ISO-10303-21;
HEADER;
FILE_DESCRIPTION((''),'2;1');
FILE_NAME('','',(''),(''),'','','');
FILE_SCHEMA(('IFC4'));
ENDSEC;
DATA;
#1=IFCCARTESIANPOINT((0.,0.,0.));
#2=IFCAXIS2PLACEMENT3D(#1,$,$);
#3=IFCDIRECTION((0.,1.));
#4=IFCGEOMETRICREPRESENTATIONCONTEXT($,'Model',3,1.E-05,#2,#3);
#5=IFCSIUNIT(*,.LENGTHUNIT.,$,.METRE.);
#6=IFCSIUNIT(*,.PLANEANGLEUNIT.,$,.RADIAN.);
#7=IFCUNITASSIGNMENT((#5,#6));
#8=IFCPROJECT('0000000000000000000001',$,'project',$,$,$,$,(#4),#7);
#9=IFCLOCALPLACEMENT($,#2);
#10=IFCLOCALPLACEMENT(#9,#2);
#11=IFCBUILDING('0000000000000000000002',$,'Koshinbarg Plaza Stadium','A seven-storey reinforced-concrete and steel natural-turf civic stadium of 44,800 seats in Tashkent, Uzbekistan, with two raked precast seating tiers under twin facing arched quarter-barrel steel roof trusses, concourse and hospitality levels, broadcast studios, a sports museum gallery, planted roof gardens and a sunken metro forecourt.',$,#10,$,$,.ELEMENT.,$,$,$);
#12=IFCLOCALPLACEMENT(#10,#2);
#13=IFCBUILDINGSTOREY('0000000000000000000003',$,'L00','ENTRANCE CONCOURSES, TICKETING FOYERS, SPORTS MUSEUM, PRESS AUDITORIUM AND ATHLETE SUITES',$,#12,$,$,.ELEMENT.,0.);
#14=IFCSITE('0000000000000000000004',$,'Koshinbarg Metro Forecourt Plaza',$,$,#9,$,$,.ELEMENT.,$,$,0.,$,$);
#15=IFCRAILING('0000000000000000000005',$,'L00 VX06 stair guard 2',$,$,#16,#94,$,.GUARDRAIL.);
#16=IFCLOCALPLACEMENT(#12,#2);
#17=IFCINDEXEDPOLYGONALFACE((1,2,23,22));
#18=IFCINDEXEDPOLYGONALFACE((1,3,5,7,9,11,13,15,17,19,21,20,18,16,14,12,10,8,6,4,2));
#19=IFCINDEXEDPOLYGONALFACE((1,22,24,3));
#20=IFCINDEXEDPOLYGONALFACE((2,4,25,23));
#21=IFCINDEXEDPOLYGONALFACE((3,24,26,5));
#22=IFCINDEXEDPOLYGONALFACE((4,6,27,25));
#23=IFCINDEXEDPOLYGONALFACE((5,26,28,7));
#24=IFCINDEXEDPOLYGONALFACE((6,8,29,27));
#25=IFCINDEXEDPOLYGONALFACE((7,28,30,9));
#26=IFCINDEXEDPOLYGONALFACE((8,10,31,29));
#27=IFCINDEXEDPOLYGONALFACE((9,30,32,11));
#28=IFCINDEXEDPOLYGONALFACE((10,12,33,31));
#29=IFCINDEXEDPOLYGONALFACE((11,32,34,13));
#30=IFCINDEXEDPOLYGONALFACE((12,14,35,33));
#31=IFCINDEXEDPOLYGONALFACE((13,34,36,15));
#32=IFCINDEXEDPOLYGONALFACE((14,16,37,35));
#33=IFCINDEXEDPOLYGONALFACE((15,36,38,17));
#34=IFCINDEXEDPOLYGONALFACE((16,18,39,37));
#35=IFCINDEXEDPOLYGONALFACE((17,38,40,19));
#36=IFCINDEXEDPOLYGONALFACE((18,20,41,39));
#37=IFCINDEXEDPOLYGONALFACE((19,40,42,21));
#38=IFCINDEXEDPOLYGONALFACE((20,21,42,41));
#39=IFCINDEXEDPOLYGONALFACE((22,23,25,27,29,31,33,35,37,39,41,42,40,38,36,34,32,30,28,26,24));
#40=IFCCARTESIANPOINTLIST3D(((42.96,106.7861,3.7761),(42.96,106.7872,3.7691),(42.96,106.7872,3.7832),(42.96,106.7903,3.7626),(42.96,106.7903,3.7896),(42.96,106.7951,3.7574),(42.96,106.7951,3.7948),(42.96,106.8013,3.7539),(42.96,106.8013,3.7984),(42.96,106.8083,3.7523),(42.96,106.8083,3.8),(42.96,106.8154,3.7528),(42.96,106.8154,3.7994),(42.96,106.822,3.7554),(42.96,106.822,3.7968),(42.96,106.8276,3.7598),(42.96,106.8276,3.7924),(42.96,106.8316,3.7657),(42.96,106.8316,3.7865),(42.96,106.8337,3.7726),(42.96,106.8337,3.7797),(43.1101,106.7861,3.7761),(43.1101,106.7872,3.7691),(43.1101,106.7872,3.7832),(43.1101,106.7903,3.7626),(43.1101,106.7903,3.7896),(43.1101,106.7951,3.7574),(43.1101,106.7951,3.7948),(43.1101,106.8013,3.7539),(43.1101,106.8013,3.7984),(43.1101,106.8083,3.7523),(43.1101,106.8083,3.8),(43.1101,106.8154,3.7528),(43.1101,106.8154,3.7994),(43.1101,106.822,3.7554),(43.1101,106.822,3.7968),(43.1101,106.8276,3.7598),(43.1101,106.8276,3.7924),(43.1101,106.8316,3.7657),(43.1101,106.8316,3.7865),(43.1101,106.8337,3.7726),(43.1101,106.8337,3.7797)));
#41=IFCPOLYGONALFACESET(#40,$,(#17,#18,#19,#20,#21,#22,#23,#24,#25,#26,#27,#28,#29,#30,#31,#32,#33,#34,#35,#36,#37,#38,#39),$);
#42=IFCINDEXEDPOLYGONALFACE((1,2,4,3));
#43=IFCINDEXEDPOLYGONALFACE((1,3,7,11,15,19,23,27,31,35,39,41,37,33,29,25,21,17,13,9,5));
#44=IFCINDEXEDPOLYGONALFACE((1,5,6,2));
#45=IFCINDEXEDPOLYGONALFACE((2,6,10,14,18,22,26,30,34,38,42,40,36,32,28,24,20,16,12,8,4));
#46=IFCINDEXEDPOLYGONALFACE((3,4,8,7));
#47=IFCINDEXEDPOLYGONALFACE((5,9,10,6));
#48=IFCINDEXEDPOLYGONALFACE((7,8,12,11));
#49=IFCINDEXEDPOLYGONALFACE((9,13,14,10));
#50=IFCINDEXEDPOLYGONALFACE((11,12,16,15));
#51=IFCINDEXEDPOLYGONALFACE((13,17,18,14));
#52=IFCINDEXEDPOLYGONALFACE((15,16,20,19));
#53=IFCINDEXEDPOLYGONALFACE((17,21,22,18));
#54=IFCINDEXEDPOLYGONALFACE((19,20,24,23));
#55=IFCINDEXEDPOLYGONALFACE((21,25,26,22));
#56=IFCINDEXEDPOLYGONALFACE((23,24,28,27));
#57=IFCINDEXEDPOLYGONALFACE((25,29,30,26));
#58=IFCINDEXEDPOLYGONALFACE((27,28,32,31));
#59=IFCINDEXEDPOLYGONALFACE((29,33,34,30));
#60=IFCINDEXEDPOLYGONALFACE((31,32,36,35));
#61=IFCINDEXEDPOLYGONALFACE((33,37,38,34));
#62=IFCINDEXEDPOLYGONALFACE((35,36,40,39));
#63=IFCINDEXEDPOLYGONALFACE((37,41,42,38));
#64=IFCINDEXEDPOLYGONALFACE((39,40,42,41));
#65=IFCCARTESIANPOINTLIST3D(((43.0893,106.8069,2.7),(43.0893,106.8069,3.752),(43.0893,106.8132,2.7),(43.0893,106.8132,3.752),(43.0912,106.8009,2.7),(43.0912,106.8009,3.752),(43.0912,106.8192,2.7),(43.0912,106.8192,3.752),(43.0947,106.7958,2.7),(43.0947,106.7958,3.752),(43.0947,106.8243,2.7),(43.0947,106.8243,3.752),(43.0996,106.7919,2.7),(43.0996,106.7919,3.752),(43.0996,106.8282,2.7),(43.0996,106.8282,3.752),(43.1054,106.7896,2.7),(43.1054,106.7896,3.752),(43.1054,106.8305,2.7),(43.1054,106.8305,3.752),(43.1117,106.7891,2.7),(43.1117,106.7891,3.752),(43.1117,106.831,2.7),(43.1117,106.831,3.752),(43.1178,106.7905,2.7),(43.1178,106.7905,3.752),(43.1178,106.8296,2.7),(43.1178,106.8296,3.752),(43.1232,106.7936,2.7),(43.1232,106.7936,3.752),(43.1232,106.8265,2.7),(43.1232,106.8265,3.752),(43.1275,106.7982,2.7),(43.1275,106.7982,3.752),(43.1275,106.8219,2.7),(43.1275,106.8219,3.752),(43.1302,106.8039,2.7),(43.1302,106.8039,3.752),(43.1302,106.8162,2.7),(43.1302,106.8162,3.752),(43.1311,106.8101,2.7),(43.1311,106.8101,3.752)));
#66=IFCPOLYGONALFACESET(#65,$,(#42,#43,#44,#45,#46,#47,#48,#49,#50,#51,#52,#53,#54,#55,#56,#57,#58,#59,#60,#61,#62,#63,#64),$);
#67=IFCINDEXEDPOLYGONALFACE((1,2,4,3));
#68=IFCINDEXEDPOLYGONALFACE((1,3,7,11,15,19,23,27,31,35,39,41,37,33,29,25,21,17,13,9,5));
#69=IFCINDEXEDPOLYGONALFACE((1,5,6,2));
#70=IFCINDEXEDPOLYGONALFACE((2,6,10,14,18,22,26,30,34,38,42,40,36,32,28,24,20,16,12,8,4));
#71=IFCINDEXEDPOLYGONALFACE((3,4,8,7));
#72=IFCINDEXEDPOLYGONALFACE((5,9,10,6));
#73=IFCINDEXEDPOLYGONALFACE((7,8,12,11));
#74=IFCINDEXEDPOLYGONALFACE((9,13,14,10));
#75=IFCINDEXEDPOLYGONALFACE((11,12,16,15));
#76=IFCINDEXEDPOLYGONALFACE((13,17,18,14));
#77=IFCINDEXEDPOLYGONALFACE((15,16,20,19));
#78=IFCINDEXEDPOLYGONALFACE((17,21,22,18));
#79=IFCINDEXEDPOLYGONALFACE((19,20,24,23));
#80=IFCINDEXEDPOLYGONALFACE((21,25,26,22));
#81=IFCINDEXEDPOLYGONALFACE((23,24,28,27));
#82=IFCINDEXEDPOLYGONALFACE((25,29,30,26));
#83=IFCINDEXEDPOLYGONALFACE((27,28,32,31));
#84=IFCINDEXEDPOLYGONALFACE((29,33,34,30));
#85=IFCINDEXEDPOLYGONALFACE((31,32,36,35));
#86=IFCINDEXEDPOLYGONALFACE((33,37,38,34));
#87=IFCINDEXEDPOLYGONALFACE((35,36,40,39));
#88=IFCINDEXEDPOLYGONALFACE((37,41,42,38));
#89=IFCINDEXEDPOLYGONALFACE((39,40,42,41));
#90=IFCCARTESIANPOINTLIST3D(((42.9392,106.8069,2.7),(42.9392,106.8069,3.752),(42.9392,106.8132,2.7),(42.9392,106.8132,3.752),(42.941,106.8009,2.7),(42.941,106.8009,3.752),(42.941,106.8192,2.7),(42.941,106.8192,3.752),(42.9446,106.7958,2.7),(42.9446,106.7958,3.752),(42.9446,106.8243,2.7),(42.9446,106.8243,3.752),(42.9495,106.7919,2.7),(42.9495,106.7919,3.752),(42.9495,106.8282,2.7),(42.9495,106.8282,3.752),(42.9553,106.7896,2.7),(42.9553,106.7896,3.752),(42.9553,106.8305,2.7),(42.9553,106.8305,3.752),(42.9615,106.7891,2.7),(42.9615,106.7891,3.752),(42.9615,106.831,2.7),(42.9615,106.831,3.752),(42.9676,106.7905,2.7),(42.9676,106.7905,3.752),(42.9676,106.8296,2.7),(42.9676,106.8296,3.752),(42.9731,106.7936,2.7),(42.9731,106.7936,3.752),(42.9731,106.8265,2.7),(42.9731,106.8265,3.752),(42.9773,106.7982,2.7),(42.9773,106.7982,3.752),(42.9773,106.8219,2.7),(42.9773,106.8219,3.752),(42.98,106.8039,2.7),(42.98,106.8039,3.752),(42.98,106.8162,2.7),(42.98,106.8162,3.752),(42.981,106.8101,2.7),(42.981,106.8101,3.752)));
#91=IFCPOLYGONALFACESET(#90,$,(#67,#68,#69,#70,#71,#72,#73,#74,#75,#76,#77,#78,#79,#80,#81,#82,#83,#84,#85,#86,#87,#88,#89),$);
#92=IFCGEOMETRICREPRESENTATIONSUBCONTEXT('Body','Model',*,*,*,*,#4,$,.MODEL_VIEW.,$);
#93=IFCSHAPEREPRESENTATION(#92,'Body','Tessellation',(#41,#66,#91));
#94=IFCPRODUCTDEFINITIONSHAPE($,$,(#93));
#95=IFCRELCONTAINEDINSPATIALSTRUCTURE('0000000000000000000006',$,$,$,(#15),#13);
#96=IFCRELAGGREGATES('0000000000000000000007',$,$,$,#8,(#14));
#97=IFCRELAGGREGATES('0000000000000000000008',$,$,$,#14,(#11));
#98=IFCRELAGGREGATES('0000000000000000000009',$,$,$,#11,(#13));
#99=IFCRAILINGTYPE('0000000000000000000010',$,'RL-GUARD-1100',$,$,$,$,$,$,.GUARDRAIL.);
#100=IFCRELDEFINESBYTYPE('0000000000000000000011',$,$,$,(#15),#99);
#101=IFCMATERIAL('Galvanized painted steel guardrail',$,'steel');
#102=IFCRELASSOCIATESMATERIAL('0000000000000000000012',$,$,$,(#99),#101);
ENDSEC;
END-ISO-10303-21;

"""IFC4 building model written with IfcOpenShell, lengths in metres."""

from ifc_helpers import new_model, si_unit, direction, frame, origin, origin_2d, place, context, subcontext, project, spatial, circle, extrude, material, type_object, element, save


model = new_model("IFC4")

# Units and contexts
model_context = context("Model", 3, precision=1e-05, world=origin(), true_north=direction((0.0, 1.0)))
body_context = subcontext(model_context, "Body", "Model", "MODEL_VIEW")
ifc_project = project(units=[si_unit("LENGTHUNIT", "METRE"), si_unit("PLANEANGLEUNIT", "RADIAN")], contexts=[model_context])

# Site, building, storey
site_placement = place(None, origin())
site = spatial("IfcSite", under=ifc_project, at=site_placement, Name="Koshinbarg Metro Forecourt Plaza", CompositionType="ELEMENT", RefElevation=0.0)
building_placement = place(site_placement, origin())
building = spatial("IfcBuilding", under=site, at=building_placement, Name="Koshinbarg Plaza Stadium", Description="A seven-storey reinforced-concrete and steel natural-turf civic stadium of 44,800 seats in Tashkent, Uzbekistan, with two raked precast seating tiers under twin facing arched quarter-barrel steel roof trusses, concourse and hospitality levels, broadcast studios, a sports museum gallery, planted roof gardens and a sunken metro forecourt.", CompositionType="ELEMENT")
storey_placement = place(building_placement, origin())
storey = spatial("IfcBuildingStorey", under=building, at=storey_placement, Name="L00", Description="ENTRANCE CONCOURSES, TICKETING FOYERS, SPORTS MUSEUM, PRESS AUDITORIUM AND ATHLETE SUITES", CompositionType="ELEMENT", Elevation=0.0)

# Railing
ifc_material_1 = material(Name="Galvanized painted steel guardrail", Category="steel")
railing_type_1 = type_object("IfcRailingType", Name="RL-GUARD-1100", PredefinedType="GUARDRAIL", material=ifc_material_1)
railing_1_placement = place(storey_placement, frame((43.1101, 106.8101, 2.7)))
element("IfcRailing", 1, at=railing_1_placement, inside=storey, type_object=railing_type_1, Name="L00 VX06 stair guard 2", PredefinedType="GUARDRAIL", context=body_context, shape_type="SweptSolid", body=[
    extrude(circle(Radius=0.0239, at=origin_2d()), frame((0.0, 0.0, 1.0762), z_axis=(-1.0, 0.0, 0.0), x_axis=(0.0, -1.0, 0.0)), (0.0, 0.0, 1.0), 0.1501),
    extrude(circle(Radius=0.021, at=origin_2d()), origin(), (0.0, 0.0, 1.0), 1.052),
    extrude(circle(Radius=0.021, at=origin_2d()), frame((-0.1501, 0.0, 0.0)), (0.0, 0.0, 1.0), 1.052),
])

save(model, "model.ifc")
